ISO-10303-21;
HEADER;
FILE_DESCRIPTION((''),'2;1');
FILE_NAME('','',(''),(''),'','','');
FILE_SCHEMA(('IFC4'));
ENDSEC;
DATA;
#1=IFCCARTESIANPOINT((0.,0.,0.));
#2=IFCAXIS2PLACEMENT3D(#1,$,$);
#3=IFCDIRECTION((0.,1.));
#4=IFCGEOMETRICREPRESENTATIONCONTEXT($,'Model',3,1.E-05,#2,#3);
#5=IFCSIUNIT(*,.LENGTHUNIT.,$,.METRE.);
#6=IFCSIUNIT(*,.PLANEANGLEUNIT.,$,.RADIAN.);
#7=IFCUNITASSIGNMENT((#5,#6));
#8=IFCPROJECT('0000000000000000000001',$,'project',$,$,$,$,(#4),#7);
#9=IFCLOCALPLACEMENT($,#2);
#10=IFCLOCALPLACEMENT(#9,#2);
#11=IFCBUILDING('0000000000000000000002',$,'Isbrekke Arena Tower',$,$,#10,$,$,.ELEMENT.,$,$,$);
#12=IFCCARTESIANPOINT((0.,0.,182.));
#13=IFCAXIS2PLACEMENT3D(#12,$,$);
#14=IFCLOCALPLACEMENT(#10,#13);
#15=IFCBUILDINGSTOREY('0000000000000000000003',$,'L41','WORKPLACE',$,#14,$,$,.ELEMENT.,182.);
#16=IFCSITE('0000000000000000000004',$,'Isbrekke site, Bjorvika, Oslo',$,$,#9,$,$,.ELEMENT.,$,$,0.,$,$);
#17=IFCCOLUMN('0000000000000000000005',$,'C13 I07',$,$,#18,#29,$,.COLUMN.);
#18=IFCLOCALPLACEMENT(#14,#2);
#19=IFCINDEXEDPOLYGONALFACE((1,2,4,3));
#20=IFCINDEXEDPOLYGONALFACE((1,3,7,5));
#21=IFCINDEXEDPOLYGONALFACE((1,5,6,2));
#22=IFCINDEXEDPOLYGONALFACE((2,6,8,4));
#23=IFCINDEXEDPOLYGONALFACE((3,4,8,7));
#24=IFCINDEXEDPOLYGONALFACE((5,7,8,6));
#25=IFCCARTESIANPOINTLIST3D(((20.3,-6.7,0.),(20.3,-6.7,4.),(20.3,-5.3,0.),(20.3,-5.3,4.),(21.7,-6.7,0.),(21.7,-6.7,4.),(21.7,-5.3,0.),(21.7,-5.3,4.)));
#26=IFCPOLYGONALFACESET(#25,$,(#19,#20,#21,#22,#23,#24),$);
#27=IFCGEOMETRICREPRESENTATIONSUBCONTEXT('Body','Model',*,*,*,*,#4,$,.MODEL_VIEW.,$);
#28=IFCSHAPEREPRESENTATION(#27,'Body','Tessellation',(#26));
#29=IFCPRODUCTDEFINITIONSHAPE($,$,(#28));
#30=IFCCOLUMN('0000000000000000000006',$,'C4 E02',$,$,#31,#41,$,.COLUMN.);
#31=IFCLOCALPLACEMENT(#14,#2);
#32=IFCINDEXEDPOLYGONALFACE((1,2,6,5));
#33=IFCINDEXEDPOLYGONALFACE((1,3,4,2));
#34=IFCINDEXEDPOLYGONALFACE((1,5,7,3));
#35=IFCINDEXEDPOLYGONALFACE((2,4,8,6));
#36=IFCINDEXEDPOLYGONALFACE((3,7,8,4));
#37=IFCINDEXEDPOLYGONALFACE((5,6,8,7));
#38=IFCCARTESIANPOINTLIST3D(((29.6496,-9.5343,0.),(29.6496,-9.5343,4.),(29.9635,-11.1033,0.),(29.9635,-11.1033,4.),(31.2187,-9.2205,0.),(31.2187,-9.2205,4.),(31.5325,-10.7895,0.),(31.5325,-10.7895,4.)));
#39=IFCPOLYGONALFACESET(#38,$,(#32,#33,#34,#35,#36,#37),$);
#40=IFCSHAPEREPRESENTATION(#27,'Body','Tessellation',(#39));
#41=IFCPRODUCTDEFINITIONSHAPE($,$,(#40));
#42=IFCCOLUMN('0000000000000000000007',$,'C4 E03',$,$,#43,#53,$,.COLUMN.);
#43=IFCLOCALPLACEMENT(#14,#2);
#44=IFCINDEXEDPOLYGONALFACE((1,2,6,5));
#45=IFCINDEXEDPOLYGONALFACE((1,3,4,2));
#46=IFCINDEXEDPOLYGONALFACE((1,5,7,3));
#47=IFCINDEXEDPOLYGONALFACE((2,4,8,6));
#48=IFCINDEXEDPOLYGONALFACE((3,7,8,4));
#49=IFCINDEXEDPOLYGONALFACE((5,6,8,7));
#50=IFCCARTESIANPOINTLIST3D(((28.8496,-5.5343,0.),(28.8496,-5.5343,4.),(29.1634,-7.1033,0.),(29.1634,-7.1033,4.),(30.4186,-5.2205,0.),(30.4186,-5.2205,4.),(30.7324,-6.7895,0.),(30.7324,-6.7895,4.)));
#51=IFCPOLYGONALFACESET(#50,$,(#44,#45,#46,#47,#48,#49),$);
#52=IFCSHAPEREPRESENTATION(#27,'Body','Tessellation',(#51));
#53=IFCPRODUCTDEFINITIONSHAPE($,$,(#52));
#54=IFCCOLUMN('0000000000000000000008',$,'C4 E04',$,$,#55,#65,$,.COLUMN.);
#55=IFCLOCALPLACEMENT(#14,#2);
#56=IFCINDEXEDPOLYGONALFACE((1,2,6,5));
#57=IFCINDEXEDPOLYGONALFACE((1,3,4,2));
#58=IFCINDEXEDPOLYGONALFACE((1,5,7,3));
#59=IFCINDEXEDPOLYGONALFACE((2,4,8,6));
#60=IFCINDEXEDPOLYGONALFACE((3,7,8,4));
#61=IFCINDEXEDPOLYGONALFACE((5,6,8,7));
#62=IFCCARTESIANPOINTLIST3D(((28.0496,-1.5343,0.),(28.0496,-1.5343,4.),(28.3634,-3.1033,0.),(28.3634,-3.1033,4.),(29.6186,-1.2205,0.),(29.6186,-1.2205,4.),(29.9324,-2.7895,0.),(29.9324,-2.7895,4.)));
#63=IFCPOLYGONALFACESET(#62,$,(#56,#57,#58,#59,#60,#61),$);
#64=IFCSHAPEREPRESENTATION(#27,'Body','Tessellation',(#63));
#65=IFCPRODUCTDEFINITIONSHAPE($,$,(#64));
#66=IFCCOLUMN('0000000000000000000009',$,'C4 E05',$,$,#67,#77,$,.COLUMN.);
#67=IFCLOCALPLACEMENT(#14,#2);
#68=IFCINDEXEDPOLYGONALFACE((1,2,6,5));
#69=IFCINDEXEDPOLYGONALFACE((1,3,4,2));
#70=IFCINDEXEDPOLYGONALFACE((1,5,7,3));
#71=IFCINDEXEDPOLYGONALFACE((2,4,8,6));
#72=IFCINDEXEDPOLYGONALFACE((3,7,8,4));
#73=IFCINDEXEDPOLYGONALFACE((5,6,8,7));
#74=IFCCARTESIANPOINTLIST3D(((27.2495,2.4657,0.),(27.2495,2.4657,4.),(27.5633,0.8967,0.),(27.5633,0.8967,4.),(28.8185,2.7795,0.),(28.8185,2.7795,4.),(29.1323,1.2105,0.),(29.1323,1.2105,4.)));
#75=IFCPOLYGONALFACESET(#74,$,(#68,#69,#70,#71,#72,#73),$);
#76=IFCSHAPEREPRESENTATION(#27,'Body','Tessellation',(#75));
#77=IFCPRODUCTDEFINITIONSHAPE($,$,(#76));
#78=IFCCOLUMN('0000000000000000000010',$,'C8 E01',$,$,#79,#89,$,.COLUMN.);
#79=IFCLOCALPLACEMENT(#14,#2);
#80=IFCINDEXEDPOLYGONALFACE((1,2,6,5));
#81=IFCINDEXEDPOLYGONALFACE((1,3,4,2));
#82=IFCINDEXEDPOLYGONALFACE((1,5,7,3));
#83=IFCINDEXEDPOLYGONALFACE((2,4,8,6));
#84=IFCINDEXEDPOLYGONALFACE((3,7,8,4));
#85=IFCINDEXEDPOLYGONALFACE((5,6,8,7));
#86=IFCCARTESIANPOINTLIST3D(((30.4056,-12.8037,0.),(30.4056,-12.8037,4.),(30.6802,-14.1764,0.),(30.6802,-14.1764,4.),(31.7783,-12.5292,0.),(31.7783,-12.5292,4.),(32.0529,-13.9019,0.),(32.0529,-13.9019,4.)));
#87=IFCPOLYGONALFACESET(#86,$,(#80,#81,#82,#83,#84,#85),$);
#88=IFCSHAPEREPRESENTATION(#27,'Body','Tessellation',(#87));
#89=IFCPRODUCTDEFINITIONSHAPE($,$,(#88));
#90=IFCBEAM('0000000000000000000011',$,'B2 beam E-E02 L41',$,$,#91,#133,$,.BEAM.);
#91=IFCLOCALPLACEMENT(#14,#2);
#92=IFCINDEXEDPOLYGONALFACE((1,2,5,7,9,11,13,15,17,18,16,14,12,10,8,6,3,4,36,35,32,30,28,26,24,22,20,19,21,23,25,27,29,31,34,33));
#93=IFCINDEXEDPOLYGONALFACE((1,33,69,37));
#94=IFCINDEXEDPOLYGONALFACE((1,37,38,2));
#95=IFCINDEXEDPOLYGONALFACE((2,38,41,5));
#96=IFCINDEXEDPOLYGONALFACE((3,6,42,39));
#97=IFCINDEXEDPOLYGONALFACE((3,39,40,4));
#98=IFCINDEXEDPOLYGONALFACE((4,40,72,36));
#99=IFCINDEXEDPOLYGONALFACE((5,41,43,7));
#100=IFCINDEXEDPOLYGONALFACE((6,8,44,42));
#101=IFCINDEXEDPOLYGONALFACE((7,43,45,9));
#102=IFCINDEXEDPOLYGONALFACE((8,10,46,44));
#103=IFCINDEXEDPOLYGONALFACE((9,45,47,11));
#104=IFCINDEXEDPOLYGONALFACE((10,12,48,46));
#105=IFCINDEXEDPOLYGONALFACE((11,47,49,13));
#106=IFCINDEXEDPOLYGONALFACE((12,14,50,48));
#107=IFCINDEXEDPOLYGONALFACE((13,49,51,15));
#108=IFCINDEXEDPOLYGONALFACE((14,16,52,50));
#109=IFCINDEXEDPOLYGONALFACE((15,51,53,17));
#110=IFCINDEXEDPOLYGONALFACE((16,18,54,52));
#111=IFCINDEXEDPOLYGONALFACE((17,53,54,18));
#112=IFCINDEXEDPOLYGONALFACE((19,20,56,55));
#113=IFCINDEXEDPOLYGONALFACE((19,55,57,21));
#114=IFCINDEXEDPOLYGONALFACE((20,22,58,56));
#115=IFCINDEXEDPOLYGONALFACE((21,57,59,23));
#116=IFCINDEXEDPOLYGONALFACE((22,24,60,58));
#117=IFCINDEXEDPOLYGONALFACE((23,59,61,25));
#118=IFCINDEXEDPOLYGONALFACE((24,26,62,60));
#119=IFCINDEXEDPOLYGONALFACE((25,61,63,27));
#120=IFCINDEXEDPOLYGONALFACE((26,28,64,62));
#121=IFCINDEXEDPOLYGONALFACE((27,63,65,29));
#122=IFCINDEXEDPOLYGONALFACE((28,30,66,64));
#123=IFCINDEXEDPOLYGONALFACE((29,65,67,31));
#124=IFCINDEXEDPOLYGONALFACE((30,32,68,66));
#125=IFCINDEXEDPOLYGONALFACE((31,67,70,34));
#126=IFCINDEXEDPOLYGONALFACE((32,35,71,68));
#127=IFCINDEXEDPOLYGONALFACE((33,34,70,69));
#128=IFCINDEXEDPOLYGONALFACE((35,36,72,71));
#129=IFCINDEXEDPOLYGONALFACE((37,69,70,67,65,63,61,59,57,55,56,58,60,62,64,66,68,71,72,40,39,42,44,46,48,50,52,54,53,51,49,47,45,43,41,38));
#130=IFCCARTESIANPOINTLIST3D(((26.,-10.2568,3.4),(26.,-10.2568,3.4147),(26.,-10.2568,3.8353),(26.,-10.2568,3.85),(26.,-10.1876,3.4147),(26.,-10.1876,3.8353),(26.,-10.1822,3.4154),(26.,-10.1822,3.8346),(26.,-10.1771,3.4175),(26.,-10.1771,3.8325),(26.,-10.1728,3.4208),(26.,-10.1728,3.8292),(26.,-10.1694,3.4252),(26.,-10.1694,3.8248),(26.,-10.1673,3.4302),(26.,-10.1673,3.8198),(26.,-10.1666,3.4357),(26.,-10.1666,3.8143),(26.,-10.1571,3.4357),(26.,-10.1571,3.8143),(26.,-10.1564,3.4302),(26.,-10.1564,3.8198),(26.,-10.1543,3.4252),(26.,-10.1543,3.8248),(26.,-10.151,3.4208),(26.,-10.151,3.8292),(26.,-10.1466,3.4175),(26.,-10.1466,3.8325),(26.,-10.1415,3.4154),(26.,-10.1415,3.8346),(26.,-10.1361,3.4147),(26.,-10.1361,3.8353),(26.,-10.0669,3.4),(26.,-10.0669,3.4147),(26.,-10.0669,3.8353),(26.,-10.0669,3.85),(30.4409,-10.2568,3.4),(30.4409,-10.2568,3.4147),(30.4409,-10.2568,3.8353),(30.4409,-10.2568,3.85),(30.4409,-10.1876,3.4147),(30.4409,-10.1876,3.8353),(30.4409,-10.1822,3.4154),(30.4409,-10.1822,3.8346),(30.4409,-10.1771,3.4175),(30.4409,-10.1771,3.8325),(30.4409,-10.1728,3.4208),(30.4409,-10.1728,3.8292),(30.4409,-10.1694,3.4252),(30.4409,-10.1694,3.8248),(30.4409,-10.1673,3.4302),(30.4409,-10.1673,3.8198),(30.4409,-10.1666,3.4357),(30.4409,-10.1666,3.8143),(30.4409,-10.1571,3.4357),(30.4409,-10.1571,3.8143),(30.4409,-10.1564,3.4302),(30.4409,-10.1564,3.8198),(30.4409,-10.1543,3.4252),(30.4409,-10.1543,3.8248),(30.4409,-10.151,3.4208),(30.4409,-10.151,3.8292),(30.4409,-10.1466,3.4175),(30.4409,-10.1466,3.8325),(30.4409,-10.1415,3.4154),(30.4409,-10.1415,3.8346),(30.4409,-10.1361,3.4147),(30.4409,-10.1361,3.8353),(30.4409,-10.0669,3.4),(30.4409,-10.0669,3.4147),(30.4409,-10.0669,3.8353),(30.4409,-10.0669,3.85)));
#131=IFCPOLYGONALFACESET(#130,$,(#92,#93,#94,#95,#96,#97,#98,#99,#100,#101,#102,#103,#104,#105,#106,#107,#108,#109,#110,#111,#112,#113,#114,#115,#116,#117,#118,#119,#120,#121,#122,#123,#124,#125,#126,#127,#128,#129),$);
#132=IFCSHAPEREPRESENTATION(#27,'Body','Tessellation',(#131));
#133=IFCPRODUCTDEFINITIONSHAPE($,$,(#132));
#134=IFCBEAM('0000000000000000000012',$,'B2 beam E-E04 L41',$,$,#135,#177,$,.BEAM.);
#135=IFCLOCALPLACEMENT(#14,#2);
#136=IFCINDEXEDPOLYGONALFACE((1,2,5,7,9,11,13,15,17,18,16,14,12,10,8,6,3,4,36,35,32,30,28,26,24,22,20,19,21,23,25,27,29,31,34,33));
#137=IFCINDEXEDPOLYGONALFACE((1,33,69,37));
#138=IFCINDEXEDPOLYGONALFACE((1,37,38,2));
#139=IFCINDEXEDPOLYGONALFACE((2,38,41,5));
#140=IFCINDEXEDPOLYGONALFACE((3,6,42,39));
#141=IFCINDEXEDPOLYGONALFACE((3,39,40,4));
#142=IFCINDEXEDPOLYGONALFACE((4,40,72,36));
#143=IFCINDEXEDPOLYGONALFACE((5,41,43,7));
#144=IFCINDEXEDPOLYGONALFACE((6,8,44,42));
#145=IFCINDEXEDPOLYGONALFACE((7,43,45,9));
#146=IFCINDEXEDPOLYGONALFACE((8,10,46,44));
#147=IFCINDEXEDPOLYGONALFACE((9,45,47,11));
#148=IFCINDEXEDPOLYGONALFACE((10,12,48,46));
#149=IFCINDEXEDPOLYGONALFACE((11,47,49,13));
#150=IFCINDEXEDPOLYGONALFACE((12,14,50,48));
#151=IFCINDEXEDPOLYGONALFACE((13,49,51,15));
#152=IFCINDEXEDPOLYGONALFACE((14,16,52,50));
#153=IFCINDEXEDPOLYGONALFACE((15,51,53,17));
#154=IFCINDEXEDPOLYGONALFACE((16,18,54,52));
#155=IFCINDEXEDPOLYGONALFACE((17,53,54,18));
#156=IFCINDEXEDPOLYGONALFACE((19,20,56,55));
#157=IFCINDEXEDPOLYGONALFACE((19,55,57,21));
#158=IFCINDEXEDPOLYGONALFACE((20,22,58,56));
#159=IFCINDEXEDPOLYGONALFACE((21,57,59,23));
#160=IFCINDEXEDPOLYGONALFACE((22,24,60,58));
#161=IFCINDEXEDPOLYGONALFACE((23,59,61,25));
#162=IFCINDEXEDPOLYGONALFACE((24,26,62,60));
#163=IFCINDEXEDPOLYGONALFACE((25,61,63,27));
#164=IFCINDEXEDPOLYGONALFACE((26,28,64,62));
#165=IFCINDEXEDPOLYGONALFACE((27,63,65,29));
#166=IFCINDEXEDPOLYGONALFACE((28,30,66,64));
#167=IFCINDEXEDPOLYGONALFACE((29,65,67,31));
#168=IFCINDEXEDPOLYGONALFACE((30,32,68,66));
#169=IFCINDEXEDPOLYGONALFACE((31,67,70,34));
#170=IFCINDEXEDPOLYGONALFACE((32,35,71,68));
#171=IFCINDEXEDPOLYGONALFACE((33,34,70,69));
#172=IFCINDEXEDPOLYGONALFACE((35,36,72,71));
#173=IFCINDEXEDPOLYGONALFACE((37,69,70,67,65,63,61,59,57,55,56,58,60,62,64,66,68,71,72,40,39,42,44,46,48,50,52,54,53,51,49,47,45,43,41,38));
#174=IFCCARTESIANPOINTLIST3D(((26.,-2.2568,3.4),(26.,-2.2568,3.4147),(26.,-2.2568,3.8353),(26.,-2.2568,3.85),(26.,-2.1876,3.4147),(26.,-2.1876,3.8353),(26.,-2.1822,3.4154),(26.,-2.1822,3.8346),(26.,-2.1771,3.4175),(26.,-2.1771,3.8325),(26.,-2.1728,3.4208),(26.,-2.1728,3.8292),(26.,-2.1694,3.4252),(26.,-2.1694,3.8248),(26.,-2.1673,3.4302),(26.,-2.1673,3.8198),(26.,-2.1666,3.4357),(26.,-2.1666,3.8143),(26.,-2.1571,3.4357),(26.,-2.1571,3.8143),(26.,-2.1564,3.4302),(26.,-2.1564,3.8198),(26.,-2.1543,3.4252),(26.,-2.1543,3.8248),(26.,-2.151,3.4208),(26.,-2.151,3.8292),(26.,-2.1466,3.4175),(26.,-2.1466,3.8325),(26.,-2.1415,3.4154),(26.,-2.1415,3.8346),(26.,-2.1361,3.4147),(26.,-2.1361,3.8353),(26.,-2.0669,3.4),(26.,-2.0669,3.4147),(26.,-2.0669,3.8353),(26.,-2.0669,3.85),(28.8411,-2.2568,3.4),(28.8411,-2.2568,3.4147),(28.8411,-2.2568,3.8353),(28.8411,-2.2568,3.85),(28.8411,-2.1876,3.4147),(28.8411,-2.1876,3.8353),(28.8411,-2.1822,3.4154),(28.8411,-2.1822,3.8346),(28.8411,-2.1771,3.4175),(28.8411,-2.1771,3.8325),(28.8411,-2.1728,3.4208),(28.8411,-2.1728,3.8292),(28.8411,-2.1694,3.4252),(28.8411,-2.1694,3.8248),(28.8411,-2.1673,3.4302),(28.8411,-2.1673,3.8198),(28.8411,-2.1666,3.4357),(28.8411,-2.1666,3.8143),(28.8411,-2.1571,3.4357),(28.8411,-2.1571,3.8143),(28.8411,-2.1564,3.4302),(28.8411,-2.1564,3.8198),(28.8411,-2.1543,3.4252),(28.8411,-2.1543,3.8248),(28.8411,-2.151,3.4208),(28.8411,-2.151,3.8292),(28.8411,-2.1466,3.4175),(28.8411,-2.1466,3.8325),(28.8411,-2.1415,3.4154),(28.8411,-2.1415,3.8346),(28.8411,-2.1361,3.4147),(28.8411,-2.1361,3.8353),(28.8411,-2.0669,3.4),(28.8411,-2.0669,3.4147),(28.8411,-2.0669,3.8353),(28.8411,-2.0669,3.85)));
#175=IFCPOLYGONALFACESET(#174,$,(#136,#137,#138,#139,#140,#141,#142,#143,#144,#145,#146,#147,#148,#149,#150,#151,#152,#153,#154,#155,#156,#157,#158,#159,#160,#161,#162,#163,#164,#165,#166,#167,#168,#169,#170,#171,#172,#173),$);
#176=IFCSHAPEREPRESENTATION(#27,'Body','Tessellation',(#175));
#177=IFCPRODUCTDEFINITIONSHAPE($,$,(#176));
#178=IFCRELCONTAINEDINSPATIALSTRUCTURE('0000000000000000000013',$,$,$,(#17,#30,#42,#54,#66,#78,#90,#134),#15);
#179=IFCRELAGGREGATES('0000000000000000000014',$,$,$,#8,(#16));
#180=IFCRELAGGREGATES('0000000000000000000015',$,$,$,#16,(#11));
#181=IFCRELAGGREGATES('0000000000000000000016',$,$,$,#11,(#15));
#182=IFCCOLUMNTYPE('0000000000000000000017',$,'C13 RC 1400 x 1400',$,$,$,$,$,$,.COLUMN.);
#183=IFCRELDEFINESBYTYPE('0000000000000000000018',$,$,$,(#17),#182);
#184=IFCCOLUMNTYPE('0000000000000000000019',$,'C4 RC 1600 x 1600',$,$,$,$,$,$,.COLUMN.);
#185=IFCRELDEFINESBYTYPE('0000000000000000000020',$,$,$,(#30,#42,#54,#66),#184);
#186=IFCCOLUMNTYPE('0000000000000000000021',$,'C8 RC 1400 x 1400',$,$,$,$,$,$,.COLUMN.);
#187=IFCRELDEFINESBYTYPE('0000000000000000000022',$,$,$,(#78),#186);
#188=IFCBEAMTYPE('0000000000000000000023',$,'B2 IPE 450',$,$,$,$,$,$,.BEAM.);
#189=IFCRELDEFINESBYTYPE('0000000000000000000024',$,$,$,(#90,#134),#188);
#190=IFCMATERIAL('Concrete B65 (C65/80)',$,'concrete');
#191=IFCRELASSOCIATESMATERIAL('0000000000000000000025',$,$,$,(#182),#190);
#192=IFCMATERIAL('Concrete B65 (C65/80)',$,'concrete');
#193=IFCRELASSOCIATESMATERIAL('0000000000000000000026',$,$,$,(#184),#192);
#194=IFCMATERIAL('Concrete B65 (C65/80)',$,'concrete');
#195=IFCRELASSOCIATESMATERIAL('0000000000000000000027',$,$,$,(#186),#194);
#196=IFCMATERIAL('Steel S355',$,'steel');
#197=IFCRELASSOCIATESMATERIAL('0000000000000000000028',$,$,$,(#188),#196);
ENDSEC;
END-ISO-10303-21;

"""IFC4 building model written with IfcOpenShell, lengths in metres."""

from ifc_helpers import new_model, si_unit, direction, frame, origin, origin_2d, place, context, subcontext, project, spatial, rectangle, i_section, extrude, material, material_profile, profile_set, type_object, element, save


model = new_model("IFC4")

# Units and contexts
model_context = context("Model", 3, precision=1e-05, world=origin(), true_north=direction((0.0, 1.0)))
body_context = subcontext(model_context, "Body", "Model", "MODEL_VIEW")
ifc_project = project(units=[si_unit("LENGTHUNIT", "METRE"), si_unit("PLANEANGLEUNIT", "RADIAN")], contexts=[model_context])

# Site, building, storey
site_placement = place(None, origin())
site = spatial("IfcSite", under=ifc_project, at=site_placement, Name="Isbrekke site, Bjorvika, Oslo", CompositionType="ELEMENT", RefElevation=0.0)
building_placement = place(site_placement, origin())
building = spatial("IfcBuilding", under=site, at=building_placement, Name="Isbrekke Arena Tower", CompositionType="ELEMENT")
storey_placement = place(building_placement, frame((0.0, 0.0, 182.0)))
storey = spatial("IfcBuildingStorey", under=building, at=storey_placement, Name="L41", Description="WORKPLACE", CompositionType="ELEMENT", Elevation=182.0)

# Columns
ifc_material_1 = material(Name="Concrete B65 (C65/80)", Category="concrete")
ifc_material_profile_1 = material_profile(ifc_material_1, rectangle(XDim=1.3999, YDim=1.3999, at=origin_2d()), Name="RC 1400x1400")
ifc_profile_set_1 = profile_set([ifc_material_profile_1], Name="Concrete B65 (C65/80)")
column_type_1 = type_object("IfcColumnType", Name="C13 RC 1400 x 1400", PredefinedType="COLUMN", material=ifc_profile_set_1)
column_1_placement = place(storey_placement, frame((21.0, -6.0, 0.0), z_axis=(0.0, 0.0, 1.0), x_axis=(1.0, 0.0, 0.0)))
element("IfcColumn", 1, at=column_1_placement, inside=storey, type_object=column_type_1, Name="C13 I07", PredefinedType="COLUMN", context=body_context, shape_type="SweptSolid", body=[
    extrude(rectangle(XDim=1.3999, YDim=1.3999, at=origin_2d()), origin(), (0.0, 0.0, 1.0), 4.0),
])
ifc_material_2 = material(Name="Concrete B65 (C65/80)", Category="concrete")
ifc_material_profile_2 = material_profile(ifc_material_2, rectangle(XDim=1.6001, YDim=1.6001, at=origin_2d()), Name="RC 1600x1600")
ifc_profile_set_2 = profile_set([ifc_material_profile_2], Name="Concrete B65 (C65/80)")
column_type_2 = type_object("IfcColumnType", Name="C4 RC 1600 x 1600", PredefinedType="COLUMN", material=ifc_profile_set_2)
for number, where, z_axis, x_axis, name in (
    (2, (30.5911, -10.1619, 0.0), (0.0, 0.0, 1.0), (-0.196116, 0.980581, 0.0), "C4 E02"),
    (3, (29.791, -6.1619, 0.0), (0.0, 0.0, 1.0), (-0.196116, 0.980581, 0.0), "C4 E03"),
    (4, (28.991, -2.1619, 0.0), (0.0, 0.0, 1.0), (-0.196116, 0.980581, 0.0), "C4 E04"),
    (5, (28.1909, 1.8381, 0.0), (0.0, 0.0, 1.0), (-0.196116, 0.980581, 0.0), "C4 E05"),
):
    element("IfcColumn", number, at=place(storey_placement, frame(where, z_axis=z_axis, x_axis=x_axis)), inside=storey, type_object=column_type_2, Name=name, PredefinedType="COLUMN", context=body_context, shape_type="SweptSolid", body=[
        extrude(rectangle(XDim=1.6001, YDim=1.6001, at=origin_2d()), origin(), (0.0, 0.0, 1.0), 4.0),
    ])
ifc_material_3 = material(Name="Concrete B65 (C65/80)", Category="concrete")
ifc_material_profile_3 = material_profile(ifc_material_3, rectangle(XDim=1.3999, YDim=1.3999, at=origin_2d()), Name="RC 1400x1400")
ifc_profile_set_3 = profile_set([ifc_material_profile_3], Name="Concrete B65 (C65/80)")
column_type_3 = type_object("IfcColumnType", Name="C8 RC 1400 x 1400", PredefinedType="COLUMN", material=ifc_profile_set_3)
column_2_placement = place(storey_placement, frame((31.2292, -13.3528, 0.0), z_axis=(0.0, 0.0, 1.0), x_axis=(-0.196116, 0.980581, 0.0)))
element("IfcColumn", 6, at=column_2_placement, inside=storey, type_object=column_type_3, Name="C8 E01", PredefinedType="COLUMN", context=body_context, shape_type="SweptSolid", body=[
    extrude(rectangle(XDim=1.3999, YDim=1.3999, at=origin_2d()), origin(), (0.0, 0.0, 1.0), 4.0),
])

# Beams
ifc_material_4 = material(Name="Steel S355", Category="steel")
ifc_material_profile_4 = material_profile(ifc_material_4, i_section(OverallWidth=0.1899, OverallDepth=0.45, WebThickness=0.0095, FlangeThickness=0.0146, FilletRadius=0.021, at=origin_2d()), Name="IPE 450")
ifc_profile_set_4 = profile_set([ifc_material_profile_4], Name="Steel S355")
beam_type_1 = type_object("IfcBeamType", Name="B2 IPE 450", PredefinedType="BEAM", material=ifc_profile_set_4)
beam_1_placement = place(storey_placement, frame((30.4409, -10.1619, 3.625), z_axis=(-1.0, 0.0, 0.0), x_axis=(0.0, -1.0, 0.0)))
element("IfcBeam", 7, at=beam_1_placement, inside=storey, type_object=beam_type_1, Name="B2 beam E-E02 L41", PredefinedType="BEAM", context=body_context, shape_type="SweptSolid", body=[
    extrude(i_section(OverallWidth=0.1899, OverallDepth=0.45, WebThickness=0.0095, FlangeThickness=0.0146, FilletRadius=0.021, at=origin_2d()), origin(), (0.0, 0.0, 1.0), 4.4409),
])
beam_2_placement = place(storey_placement, frame((28.8411, -2.1619, 3.625), z_axis=(-1.0, 0.0, 0.0), x_axis=(0.0, -1.0, 0.0)))
element("IfcBeam", 8, at=beam_2_placement, inside=storey, type_object=beam_type_1, Name="B2 beam E-E04 L41", PredefinedType="BEAM", context=body_context, shape_type="SweptSolid", body=[
    extrude(i_section(OverallWidth=0.1899, OverallDepth=0.45, WebThickness=0.0095, FlangeThickness=0.0146, FilletRadius=0.021, at=origin_2d()), origin(), (0.0, 0.0, 1.0), 2.8411),
])

save(model, "model.ifc")
